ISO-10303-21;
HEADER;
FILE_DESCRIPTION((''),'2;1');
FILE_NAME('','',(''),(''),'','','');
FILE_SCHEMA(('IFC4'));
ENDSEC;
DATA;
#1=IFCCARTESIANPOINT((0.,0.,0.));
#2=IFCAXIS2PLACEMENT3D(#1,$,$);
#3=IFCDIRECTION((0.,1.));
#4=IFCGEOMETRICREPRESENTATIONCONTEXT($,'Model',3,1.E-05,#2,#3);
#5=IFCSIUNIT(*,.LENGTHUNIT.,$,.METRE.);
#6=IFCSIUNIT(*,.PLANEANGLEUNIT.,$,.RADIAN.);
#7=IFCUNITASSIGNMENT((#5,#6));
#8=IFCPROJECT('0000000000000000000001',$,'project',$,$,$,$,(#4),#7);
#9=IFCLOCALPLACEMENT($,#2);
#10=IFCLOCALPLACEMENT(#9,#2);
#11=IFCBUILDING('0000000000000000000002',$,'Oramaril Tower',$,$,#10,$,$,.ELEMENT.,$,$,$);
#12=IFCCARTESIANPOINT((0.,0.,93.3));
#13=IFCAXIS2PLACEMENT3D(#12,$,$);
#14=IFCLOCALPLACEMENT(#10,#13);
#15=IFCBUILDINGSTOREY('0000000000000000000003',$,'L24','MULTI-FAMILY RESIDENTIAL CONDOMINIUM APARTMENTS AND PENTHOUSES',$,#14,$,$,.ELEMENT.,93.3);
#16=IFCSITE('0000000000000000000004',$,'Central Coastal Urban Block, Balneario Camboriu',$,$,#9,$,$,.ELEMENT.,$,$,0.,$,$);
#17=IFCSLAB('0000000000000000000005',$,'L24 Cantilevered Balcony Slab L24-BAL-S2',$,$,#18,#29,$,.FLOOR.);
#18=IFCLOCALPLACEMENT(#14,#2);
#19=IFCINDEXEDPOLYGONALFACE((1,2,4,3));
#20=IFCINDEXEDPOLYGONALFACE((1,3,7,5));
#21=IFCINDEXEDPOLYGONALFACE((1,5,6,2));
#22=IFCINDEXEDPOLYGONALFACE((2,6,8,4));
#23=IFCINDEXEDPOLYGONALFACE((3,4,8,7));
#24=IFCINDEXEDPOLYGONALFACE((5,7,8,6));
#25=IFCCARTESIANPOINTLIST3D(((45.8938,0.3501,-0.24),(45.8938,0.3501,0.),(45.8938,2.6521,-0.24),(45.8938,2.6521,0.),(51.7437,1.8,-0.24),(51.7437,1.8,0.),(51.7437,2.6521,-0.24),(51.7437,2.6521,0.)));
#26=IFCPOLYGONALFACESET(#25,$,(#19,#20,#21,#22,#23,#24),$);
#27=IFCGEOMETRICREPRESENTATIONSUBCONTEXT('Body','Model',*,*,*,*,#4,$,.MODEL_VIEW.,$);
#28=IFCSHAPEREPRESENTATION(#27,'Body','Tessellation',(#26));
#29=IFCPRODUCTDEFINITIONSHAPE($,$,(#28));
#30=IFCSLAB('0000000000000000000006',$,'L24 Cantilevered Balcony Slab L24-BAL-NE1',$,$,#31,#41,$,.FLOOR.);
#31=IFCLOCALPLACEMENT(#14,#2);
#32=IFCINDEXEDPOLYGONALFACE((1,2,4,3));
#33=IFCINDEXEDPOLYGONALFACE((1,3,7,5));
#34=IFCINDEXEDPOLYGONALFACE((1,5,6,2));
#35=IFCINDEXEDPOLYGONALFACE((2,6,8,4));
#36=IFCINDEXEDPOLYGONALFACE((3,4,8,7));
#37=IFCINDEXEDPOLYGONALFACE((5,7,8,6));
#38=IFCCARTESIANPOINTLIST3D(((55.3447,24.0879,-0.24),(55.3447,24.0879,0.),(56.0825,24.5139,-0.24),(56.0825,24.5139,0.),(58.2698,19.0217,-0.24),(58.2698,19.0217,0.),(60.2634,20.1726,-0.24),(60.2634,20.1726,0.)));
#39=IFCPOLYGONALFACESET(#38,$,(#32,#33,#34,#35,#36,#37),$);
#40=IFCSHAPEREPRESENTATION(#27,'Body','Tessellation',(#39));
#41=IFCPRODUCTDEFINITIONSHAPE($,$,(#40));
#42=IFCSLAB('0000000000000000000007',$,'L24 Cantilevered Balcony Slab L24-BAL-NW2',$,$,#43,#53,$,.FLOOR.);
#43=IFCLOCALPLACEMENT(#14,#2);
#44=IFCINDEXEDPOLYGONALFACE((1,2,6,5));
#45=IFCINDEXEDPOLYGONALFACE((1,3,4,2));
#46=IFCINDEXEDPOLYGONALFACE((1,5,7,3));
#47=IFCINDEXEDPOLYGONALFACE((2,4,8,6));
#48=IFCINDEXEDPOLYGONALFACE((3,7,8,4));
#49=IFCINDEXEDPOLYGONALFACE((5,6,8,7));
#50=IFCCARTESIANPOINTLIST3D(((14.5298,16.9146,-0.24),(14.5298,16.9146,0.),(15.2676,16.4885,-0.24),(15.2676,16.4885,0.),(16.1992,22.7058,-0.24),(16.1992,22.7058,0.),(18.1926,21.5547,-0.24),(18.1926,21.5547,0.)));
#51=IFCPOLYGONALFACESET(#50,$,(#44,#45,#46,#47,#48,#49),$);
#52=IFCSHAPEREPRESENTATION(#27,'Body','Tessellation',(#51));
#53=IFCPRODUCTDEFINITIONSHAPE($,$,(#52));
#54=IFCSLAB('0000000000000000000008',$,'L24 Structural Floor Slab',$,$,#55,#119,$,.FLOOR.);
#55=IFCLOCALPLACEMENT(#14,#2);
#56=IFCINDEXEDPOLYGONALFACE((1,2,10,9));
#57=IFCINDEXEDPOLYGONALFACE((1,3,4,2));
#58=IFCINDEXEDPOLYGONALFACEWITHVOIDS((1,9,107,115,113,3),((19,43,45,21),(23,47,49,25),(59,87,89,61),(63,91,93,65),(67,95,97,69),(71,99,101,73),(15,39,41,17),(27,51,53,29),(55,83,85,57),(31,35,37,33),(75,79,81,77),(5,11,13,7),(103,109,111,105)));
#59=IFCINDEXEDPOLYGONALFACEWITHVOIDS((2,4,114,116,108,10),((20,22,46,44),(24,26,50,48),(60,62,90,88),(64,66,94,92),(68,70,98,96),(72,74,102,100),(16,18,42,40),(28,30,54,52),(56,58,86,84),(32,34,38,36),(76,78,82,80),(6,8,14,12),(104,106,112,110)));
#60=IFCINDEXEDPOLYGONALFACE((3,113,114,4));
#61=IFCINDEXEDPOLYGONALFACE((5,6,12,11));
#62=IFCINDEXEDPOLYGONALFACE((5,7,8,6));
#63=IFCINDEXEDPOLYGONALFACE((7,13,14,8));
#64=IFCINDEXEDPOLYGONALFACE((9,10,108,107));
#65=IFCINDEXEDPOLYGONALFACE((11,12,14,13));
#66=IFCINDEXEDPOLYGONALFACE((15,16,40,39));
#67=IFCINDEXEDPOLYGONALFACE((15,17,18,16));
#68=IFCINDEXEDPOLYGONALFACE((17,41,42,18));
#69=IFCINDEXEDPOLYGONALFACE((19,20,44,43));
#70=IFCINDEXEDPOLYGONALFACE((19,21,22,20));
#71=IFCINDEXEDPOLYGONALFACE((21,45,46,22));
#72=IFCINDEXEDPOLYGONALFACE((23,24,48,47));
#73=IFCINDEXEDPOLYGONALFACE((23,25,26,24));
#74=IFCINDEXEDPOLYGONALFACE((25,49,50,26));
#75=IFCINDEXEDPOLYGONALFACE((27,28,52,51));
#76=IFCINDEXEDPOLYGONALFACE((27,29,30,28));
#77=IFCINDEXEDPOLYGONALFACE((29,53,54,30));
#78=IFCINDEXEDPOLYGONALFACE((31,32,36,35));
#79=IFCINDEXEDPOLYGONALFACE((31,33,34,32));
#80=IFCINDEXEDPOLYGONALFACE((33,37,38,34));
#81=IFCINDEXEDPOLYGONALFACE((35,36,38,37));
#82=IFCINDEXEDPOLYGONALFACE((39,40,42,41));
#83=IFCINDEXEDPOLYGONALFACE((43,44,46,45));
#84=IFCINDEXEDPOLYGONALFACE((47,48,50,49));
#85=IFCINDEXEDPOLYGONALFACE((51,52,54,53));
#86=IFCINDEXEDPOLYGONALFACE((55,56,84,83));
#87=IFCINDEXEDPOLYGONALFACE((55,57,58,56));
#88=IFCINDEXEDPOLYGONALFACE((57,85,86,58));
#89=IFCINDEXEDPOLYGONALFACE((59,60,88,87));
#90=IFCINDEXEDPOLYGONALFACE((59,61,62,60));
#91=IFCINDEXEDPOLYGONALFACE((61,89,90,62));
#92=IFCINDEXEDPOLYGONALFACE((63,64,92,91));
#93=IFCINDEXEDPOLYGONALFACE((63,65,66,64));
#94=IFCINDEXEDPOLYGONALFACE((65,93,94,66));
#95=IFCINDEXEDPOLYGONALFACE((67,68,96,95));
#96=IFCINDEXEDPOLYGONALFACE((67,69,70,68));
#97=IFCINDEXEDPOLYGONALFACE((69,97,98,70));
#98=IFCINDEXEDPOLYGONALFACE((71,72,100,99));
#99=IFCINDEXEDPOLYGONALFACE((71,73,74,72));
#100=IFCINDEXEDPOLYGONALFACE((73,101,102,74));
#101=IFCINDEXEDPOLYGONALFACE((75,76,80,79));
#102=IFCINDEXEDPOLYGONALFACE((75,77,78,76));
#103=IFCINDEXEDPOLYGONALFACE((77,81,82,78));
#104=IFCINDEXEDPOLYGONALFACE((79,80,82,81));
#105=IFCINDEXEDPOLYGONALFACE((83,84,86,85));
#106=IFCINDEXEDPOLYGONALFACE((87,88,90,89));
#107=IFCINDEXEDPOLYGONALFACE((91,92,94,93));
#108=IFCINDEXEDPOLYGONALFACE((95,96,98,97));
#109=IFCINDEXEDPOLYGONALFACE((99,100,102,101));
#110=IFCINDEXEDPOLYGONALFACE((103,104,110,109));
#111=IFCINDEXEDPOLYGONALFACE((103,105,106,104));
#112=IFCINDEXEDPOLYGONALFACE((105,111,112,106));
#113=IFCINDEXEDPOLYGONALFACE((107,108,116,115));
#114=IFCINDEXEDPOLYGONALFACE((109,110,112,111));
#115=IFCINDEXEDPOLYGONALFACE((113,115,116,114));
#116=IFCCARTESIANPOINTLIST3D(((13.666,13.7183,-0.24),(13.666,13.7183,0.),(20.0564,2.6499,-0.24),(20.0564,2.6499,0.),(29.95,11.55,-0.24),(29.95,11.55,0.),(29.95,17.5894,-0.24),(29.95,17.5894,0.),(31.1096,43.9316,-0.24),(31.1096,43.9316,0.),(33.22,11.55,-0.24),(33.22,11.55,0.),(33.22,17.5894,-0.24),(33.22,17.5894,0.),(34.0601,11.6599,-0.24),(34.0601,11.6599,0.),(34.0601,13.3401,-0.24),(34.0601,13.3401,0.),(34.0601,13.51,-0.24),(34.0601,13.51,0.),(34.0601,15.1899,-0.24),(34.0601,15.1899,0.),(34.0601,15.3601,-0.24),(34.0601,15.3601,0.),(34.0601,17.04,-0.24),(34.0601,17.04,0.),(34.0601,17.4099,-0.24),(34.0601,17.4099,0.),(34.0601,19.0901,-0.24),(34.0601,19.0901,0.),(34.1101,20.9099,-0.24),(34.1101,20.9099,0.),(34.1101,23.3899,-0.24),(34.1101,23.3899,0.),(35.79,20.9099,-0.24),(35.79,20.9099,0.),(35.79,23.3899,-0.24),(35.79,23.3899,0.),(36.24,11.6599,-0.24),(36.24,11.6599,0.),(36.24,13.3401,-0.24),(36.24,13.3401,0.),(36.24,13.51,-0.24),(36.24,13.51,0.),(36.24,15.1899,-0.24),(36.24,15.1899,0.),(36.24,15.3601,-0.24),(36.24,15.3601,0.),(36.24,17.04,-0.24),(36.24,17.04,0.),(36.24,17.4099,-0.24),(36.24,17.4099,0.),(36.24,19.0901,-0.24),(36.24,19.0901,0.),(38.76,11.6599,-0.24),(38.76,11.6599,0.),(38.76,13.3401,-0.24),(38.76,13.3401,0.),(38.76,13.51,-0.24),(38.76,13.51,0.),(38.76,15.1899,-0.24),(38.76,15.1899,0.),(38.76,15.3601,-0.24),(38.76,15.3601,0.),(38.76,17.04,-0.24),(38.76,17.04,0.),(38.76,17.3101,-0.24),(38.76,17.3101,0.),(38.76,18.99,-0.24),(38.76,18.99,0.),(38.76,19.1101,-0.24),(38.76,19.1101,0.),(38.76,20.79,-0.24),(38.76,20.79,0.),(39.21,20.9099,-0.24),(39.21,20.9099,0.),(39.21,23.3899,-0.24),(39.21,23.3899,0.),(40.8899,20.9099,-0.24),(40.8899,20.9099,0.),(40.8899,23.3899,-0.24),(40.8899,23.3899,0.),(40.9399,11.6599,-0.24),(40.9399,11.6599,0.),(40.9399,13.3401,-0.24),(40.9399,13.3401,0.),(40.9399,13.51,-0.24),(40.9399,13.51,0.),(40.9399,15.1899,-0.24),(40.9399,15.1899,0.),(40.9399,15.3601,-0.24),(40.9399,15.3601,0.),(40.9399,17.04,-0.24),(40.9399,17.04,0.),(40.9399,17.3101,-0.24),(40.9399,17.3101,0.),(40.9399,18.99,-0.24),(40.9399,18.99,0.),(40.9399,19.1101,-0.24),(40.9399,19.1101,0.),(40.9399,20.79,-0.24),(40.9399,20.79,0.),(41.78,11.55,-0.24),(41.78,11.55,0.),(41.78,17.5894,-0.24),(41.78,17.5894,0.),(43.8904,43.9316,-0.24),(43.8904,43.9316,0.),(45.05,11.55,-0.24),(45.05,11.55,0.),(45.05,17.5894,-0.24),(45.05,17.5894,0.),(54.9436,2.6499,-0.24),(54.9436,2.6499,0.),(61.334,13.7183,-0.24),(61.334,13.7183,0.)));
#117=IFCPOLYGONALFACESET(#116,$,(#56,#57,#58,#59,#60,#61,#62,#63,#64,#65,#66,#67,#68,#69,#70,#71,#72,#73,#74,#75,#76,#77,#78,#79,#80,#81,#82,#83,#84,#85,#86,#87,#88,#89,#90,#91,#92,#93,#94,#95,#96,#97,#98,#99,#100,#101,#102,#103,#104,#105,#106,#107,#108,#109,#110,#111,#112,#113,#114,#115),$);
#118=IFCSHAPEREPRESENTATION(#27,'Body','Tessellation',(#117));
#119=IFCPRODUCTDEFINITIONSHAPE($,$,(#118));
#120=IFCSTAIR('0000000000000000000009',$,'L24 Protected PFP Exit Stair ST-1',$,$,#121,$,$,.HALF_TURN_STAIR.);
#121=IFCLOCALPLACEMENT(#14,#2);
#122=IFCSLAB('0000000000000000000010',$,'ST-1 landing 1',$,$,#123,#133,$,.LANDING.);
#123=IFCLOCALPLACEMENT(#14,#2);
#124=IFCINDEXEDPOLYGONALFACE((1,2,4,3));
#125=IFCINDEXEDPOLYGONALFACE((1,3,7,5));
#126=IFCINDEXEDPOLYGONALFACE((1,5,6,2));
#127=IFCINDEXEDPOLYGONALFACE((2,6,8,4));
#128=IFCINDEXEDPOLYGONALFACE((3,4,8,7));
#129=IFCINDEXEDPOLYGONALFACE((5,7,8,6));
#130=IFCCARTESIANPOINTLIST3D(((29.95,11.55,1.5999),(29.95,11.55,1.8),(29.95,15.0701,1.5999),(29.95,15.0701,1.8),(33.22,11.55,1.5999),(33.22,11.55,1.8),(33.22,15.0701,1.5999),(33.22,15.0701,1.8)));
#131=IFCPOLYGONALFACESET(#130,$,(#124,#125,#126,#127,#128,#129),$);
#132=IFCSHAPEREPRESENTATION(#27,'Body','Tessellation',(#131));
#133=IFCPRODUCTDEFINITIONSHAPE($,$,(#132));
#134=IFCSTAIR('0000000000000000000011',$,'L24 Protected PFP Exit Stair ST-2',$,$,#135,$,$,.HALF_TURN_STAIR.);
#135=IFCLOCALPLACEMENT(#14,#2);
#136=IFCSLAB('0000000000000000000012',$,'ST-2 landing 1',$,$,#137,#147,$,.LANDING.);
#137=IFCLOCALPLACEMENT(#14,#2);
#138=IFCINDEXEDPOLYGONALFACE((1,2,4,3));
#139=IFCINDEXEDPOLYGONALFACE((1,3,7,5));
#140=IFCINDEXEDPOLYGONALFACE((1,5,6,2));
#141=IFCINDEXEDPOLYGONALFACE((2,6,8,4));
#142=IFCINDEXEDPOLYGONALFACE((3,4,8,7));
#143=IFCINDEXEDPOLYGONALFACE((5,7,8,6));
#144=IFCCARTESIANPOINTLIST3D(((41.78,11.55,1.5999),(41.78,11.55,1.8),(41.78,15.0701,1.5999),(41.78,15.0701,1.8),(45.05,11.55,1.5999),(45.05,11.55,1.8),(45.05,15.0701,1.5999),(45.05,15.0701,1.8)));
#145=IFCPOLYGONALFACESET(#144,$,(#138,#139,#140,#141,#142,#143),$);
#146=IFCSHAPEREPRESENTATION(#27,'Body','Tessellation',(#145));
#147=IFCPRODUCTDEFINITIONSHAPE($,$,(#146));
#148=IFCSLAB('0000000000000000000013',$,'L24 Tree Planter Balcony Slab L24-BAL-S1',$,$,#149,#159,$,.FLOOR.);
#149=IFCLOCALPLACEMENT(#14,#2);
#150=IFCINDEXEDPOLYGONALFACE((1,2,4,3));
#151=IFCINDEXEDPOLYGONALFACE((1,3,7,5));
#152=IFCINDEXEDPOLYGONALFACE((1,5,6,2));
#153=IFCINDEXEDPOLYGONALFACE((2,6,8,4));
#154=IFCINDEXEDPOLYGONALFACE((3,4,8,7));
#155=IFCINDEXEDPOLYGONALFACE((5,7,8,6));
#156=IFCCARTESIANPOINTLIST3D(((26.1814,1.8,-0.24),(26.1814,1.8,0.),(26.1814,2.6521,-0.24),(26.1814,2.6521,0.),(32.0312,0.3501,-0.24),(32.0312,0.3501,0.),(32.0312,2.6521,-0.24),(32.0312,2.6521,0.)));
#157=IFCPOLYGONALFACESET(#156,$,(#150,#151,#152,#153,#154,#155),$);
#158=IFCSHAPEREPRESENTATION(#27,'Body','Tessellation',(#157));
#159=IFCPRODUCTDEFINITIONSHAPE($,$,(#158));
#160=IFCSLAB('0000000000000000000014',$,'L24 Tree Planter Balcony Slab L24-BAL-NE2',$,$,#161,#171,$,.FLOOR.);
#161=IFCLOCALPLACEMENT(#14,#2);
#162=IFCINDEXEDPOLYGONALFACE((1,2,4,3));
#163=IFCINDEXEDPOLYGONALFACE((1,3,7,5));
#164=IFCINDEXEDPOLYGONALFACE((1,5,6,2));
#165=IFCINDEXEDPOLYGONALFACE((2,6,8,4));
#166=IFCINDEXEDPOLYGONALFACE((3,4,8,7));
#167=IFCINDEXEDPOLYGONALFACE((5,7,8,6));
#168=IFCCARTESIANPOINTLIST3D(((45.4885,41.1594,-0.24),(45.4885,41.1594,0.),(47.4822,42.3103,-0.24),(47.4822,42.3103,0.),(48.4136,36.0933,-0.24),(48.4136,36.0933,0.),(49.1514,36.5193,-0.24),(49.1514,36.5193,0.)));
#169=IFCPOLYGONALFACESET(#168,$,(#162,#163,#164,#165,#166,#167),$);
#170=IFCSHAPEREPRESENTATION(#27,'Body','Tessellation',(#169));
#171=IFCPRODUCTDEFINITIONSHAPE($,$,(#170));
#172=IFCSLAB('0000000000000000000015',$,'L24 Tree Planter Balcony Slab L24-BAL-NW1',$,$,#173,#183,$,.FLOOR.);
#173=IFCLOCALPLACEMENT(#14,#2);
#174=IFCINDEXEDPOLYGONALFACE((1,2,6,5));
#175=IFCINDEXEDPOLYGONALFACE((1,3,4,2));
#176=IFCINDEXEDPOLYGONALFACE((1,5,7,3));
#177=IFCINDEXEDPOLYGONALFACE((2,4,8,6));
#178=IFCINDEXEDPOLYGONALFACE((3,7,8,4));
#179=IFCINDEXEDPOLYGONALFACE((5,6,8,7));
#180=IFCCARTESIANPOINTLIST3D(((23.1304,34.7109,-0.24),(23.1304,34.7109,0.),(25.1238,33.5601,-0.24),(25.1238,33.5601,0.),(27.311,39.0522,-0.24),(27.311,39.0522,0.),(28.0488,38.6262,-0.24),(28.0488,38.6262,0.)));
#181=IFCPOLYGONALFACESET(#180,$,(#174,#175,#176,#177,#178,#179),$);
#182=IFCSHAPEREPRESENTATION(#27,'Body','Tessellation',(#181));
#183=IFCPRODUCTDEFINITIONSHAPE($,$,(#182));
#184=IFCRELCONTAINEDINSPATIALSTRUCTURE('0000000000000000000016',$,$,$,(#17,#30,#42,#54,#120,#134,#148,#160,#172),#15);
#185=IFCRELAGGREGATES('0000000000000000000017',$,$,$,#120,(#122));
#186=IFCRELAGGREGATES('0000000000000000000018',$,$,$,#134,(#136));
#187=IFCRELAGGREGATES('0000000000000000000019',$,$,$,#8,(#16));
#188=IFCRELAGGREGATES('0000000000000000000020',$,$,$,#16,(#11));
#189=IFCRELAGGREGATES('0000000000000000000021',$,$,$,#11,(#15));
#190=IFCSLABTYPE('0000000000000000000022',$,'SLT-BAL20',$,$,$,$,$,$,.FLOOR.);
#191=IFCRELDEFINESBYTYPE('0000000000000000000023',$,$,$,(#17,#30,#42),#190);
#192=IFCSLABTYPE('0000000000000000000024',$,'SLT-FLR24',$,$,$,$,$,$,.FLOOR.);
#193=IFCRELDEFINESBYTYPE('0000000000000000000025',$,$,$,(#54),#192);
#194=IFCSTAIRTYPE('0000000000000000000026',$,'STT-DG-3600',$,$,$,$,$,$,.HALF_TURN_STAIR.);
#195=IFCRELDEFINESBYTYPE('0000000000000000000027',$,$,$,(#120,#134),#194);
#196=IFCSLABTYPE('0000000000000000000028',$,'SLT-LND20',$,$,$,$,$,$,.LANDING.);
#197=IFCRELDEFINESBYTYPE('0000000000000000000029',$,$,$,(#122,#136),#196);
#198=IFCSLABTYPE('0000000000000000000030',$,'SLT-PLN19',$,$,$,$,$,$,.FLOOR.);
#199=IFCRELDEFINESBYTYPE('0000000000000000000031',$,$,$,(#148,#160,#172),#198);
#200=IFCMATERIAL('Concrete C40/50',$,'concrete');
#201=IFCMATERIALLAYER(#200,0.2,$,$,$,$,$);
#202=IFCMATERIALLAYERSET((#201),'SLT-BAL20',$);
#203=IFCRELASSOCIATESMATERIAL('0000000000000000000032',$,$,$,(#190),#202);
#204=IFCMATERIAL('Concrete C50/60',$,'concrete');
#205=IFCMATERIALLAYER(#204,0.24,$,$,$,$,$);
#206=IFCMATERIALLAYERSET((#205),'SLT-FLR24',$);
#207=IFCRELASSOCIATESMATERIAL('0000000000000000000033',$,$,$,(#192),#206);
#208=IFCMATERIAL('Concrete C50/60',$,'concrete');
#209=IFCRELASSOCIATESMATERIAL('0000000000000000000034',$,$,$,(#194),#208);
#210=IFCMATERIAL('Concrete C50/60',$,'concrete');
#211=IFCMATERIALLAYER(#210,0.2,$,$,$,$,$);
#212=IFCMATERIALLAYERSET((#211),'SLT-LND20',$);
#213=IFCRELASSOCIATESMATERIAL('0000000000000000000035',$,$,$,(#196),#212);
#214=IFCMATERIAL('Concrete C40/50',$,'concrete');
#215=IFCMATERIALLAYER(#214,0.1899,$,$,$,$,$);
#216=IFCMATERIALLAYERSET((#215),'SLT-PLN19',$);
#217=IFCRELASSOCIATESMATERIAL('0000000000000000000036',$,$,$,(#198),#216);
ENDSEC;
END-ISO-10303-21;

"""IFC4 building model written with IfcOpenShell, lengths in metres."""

from ifc_helpers import new_model, si_unit, direction, frame, origin, place, context, subcontext, project, spatial, polyline, outline, extrude, material, layer, layer_set, type_object, element, aggregate, save


model = new_model("IFC4")

# Units and contexts
model_context = context("Model", 3, precision=1e-05, world=origin(), true_north=direction((0.0, 1.0)))
body_context = subcontext(model_context, "Body", "Model", "MODEL_VIEW")
ifc_project = project(units=[si_unit("LENGTHUNIT", "METRE"), si_unit("PLANEANGLEUNIT", "RADIAN")], contexts=[model_context])

# Site, building, storey
site_placement = place(None, origin())
site = spatial("IfcSite", under=ifc_project, at=site_placement, Name="Central Coastal Urban Block, Balneario Camboriu", CompositionType="ELEMENT", RefElevation=0.0)
building_placement = place(site_placement, origin())
building = spatial("IfcBuilding", under=site, at=building_placement, Name="Oramaril Tower", CompositionType="ELEMENT")
storey_placement = place(building_placement, frame((0.0, 0.0, 93.3)))
storey = spatial("IfcBuildingStorey", under=building, at=storey_placement, Name="L24", Description="MULTI-FAMILY RESIDENTIAL CONDOMINIUM APARTMENTS AND PENTHOUSES", CompositionType="ELEMENT", Elevation=93.3)

# Slabs
ifc_material_1 = material(Name="Concrete C40/50", Category="concrete")
ifc_layer_1 = layer(ifc_material_1, 0.2)
ifc_layer_set_1 = layer_set([ifc_layer_1], Name="SLT-BAL20")
slab_type_1 = type_object("IfcSlabType", Name="SLT-BAL20", PredefinedType="FLOOR", material=ifc_layer_set_1)
slab_1_placement = place(storey_placement, frame((0.0, 0.0, -0.24)))
element("IfcSlab", 1, at=slab_1_placement, inside=storey, type_object=slab_type_1, Name="L24 Cantilevered Balcony Slab L24-BAL-S2", PredefinedType="FLOOR", context=body_context, shape_type="SweptSolid", body=[
    extrude(outline(polyline([(45.8938, 2.6521), (51.7437, 2.6521), (51.7437, 1.8), (45.8938, 0.3501), (45.8938, 2.6521)])), origin(), (0.0, 0.0, 1.0), 0.24),
])
slab_2_placement = place(storey_placement, frame((0.0, 0.0, -0.24)))
element("IfcSlab", 2, at=slab_2_placement, inside=storey, type_object=slab_type_1, Name="L24 Cantilevered Balcony Slab L24-BAL-NE1", PredefinedType="FLOOR", context=body_context, shape_type="SweptSolid", body=[
    extrude(outline(polyline([(58.2698, 19.0217), (55.3447, 24.0879), (56.0825, 24.5139), (60.2634, 20.1726), (58.2698, 19.0217)])), origin(), (0.0, 0.0, 1.0), 0.24),
])
slab_3_placement = place(storey_placement, frame((0.0, 0.0, -0.24)))
element("IfcSlab", 3, at=slab_3_placement, inside=storey, type_object=slab_type_1, Name="L24 Cantilevered Balcony Slab L24-BAL-NW2", PredefinedType="FLOOR", context=body_context, shape_type="SweptSolid", body=[
    extrude(outline(polyline([(18.1926, 21.5547), (15.2676, 16.4885), (14.5298, 16.9146), (16.1992, 22.7058), (18.1926, 21.5547)])), origin(), (0.0, 0.0, 1.0), 0.24),
])
ifc_material_2 = material(Name="Concrete C50/60", Category="concrete")
ifc_layer_2 = layer(ifc_material_2, 0.24)
ifc_layer_set_2 = layer_set([ifc_layer_2], Name="SLT-FLR24")
slab_type_2 = type_object("IfcSlabType", Name="SLT-FLR24", PredefinedType="FLOOR", material=ifc_layer_set_2)
slab_4_placement = place(storey_placement, frame((0.0, 0.0, -0.24)))
element("IfcSlab", 4, at=slab_4_placement, inside=storey, type_object=slab_type_2, Name="L24 Structural Floor Slab", PredefinedType="FLOOR", context=body_context, shape_type="SweptSolid", body=[
    extrude(outline(polyline([(13.666, 13.7183), (20.0564, 2.6499), (54.9436, 2.6499), (61.334, 13.7183), (43.8904, 43.9316), (31.1096, 43.9316), (13.666, 13.7183)]), holes=[polyline([(29.95, 17.5894), (29.95, 11.55), (33.22, 11.55), (33.22, 17.5894), (29.95, 17.5894)]), polyline([(41.78, 17.5894), (41.78, 11.55), (45.05, 11.55), (45.05, 17.5894), (41.78, 17.5894)]), polyline([(34.1101, 20.9099), (35.79, 20.9099), (35.79, 23.3899), (34.1101, 23.3899), (34.1101, 20.9099)]), polyline([(39.21, 20.9099), (40.8899, 20.9099), (40.8899, 23.3899), (39.21, 23.3899), (39.21, 20.9099)]), polyline([(34.0601, 11.6599), (36.24, 11.6599), (36.24, 13.3401), (34.0601, 13.3401), (34.0601, 11.6599)]), polyline([(34.0601, 13.51), (36.24, 13.51), (36.24, 15.1899), (34.0601, 15.1899), (34.0601, 13.51)]), polyline([(34.0601, 15.3601), (36.24, 15.3601), (36.24, 17.04), (34.0601, 17.04), (34.0601, 15.3601)]), polyline([(38.76, 11.6599), (40.9399, 11.6599), (40.9399, 13.3401), (38.76, 13.3401), (38.76, 11.6599)]), polyline([(38.76, 13.51), (40.9399, 13.51), (40.9399, 15.1899), (38.76, 15.1899), (38.76, 13.51)]), polyline([(38.76, 15.3601), (40.9399, 15.3601), (40.9399, 17.04), (38.76, 17.04), (38.76, 15.3601)]), polyline([(34.0601, 17.4099), (36.24, 17.4099), (36.24, 19.0901), (34.0601, 19.0901), (34.0601, 17.4099)]), polyline([(38.76, 17.3101), (40.9399, 17.3101), (40.9399, 18.99), (38.76, 18.99), (38.76, 17.3101)]), polyline([(38.76, 19.1101), (40.9399, 19.1101), (40.9399, 20.79), (38.76, 20.79), (38.76, 19.1101)])]), origin(), (0.0, 0.0, 1.0), 0.24),
])

# Stairs, slabs
ifc_material_3 = material(Name="Concrete C50/60", Category="concrete")
stair_type = type_object("IfcStairType", Name="STT-DG-3600", PredefinedType="HALF_TURN_STAIR", material=ifc_material_3)
stair_1_placement = place(storey_placement, origin())
stair_1 = element("IfcStair", 5, at=stair_1_placement, inside=storey, type_object=stair_type, Name="L24 Protected PFP Exit Stair ST-1", PredefinedType="HALF_TURN_STAIR")
ifc_material_4 = material(Name="Concrete C50/60", Category="concrete")
ifc_layer_3 = layer(ifc_material_4, 0.2)
ifc_layer_set_3 = layer_set([ifc_layer_3], Name="SLT-LND20")
slab_type_3 = type_object("IfcSlabType", Name="SLT-LND20", PredefinedType="LANDING", material=ifc_layer_set_3)
slab_5_placement = place(storey_placement, frame((0.0, 0.0, 1.5999)))
slab_5 = element("IfcSlab", 6, at=slab_5_placement, type_object=slab_type_3, Name="ST-1 landing 1", PredefinedType="LANDING", context=body_context, shape_type="SweptSolid", body=[
    extrude(outline(polyline([(29.95, 15.0701), (29.95, 11.55), (33.22, 11.55), (33.22, 15.0701), (29.95, 15.0701)])), origin(), (0.0, 0.0, 1.0), 0.2002),
])
aggregate(stair_1, [slab_5])
stair_2_placement = place(storey_placement, origin())
stair_2 = element("IfcStair", 7, at=stair_2_placement, inside=storey, type_object=stair_type, Name="L24 Protected PFP Exit Stair ST-2", PredefinedType="HALF_TURN_STAIR")
slab_6_placement = place(storey_placement, frame((0.0, 0.0, 1.5999)))
slab_6 = element("IfcSlab", 8, at=slab_6_placement, type_object=slab_type_3, Name="ST-2 landing 1", PredefinedType="LANDING", context=body_context, shape_type="SweptSolid", body=[
    extrude(outline(polyline([(41.78, 15.0701), (41.78, 11.55), (45.05, 11.55), (45.05, 15.0701), (41.78, 15.0701)])), origin(), (0.0, 0.0, 1.0), 0.2002),
])
aggregate(stair_2, [slab_6])

# Slabs
ifc_material_5 = material(Name="Concrete C40/50", Category="concrete")
ifc_layer_4 = layer(ifc_material_5, 0.1899)
ifc_layer_set_4 = layer_set([ifc_layer_4], Name="SLT-PLN19")
slab_type_4 = type_object("IfcSlabType", Name="SLT-PLN19", PredefinedType="FLOOR", material=ifc_layer_set_4)
slab_7_placement = place(storey_placement, frame((0.0, 0.0, -0.24)))
element("IfcSlab", 9, at=slab_7_placement, inside=storey, type_object=slab_type_4, Name="L24 Tree Planter Balcony Slab L24-BAL-S1", PredefinedType="FLOOR", context=body_context, shape_type="SweptSolid", body=[
    extrude(outline(polyline([(26.1814, 2.6521), (32.0312, 2.6521), (32.0312, 0.3501), (26.1814, 1.8), (26.1814, 2.6521)])), origin(), (0.0, 0.0, 1.0), 0.24),
])
slab_8_placement = place(storey_placement, frame((0.0, 0.0, -0.24)))
element("IfcSlab", 10, at=slab_8_placement, inside=storey, type_object=slab_type_4, Name="L24 Tree Planter Balcony Slab L24-BAL-NE2", PredefinedType="FLOOR", context=body_context, shape_type="SweptSolid", body=[
    extrude(outline(polyline([(48.4136, 36.0933), (45.4885, 41.1594), (47.4822, 42.3103), (49.1514, 36.5193), (48.4136, 36.0933)])), origin(), (0.0, 0.0, 1.0), 0.24),
])
slab_9_placement = place(storey_placement, frame((0.0, 0.0, -0.24)))
element("IfcSlab", 11, at=slab_9_placement, inside=storey, type_object=slab_type_4, Name="L24 Tree Planter Balcony Slab L24-BAL-NW1", PredefinedType="FLOOR", context=body_context, shape_type="SweptSolid", body=[
    extrude(outline(polyline([(28.0488, 38.6262), (25.1238, 33.5601), (23.1304, 34.7109), (27.311, 39.0522), (28.0488, 38.6262)])), origin(), (0.0, 0.0, 1.0), 0.24),
])

save(model, "model.ifc")
